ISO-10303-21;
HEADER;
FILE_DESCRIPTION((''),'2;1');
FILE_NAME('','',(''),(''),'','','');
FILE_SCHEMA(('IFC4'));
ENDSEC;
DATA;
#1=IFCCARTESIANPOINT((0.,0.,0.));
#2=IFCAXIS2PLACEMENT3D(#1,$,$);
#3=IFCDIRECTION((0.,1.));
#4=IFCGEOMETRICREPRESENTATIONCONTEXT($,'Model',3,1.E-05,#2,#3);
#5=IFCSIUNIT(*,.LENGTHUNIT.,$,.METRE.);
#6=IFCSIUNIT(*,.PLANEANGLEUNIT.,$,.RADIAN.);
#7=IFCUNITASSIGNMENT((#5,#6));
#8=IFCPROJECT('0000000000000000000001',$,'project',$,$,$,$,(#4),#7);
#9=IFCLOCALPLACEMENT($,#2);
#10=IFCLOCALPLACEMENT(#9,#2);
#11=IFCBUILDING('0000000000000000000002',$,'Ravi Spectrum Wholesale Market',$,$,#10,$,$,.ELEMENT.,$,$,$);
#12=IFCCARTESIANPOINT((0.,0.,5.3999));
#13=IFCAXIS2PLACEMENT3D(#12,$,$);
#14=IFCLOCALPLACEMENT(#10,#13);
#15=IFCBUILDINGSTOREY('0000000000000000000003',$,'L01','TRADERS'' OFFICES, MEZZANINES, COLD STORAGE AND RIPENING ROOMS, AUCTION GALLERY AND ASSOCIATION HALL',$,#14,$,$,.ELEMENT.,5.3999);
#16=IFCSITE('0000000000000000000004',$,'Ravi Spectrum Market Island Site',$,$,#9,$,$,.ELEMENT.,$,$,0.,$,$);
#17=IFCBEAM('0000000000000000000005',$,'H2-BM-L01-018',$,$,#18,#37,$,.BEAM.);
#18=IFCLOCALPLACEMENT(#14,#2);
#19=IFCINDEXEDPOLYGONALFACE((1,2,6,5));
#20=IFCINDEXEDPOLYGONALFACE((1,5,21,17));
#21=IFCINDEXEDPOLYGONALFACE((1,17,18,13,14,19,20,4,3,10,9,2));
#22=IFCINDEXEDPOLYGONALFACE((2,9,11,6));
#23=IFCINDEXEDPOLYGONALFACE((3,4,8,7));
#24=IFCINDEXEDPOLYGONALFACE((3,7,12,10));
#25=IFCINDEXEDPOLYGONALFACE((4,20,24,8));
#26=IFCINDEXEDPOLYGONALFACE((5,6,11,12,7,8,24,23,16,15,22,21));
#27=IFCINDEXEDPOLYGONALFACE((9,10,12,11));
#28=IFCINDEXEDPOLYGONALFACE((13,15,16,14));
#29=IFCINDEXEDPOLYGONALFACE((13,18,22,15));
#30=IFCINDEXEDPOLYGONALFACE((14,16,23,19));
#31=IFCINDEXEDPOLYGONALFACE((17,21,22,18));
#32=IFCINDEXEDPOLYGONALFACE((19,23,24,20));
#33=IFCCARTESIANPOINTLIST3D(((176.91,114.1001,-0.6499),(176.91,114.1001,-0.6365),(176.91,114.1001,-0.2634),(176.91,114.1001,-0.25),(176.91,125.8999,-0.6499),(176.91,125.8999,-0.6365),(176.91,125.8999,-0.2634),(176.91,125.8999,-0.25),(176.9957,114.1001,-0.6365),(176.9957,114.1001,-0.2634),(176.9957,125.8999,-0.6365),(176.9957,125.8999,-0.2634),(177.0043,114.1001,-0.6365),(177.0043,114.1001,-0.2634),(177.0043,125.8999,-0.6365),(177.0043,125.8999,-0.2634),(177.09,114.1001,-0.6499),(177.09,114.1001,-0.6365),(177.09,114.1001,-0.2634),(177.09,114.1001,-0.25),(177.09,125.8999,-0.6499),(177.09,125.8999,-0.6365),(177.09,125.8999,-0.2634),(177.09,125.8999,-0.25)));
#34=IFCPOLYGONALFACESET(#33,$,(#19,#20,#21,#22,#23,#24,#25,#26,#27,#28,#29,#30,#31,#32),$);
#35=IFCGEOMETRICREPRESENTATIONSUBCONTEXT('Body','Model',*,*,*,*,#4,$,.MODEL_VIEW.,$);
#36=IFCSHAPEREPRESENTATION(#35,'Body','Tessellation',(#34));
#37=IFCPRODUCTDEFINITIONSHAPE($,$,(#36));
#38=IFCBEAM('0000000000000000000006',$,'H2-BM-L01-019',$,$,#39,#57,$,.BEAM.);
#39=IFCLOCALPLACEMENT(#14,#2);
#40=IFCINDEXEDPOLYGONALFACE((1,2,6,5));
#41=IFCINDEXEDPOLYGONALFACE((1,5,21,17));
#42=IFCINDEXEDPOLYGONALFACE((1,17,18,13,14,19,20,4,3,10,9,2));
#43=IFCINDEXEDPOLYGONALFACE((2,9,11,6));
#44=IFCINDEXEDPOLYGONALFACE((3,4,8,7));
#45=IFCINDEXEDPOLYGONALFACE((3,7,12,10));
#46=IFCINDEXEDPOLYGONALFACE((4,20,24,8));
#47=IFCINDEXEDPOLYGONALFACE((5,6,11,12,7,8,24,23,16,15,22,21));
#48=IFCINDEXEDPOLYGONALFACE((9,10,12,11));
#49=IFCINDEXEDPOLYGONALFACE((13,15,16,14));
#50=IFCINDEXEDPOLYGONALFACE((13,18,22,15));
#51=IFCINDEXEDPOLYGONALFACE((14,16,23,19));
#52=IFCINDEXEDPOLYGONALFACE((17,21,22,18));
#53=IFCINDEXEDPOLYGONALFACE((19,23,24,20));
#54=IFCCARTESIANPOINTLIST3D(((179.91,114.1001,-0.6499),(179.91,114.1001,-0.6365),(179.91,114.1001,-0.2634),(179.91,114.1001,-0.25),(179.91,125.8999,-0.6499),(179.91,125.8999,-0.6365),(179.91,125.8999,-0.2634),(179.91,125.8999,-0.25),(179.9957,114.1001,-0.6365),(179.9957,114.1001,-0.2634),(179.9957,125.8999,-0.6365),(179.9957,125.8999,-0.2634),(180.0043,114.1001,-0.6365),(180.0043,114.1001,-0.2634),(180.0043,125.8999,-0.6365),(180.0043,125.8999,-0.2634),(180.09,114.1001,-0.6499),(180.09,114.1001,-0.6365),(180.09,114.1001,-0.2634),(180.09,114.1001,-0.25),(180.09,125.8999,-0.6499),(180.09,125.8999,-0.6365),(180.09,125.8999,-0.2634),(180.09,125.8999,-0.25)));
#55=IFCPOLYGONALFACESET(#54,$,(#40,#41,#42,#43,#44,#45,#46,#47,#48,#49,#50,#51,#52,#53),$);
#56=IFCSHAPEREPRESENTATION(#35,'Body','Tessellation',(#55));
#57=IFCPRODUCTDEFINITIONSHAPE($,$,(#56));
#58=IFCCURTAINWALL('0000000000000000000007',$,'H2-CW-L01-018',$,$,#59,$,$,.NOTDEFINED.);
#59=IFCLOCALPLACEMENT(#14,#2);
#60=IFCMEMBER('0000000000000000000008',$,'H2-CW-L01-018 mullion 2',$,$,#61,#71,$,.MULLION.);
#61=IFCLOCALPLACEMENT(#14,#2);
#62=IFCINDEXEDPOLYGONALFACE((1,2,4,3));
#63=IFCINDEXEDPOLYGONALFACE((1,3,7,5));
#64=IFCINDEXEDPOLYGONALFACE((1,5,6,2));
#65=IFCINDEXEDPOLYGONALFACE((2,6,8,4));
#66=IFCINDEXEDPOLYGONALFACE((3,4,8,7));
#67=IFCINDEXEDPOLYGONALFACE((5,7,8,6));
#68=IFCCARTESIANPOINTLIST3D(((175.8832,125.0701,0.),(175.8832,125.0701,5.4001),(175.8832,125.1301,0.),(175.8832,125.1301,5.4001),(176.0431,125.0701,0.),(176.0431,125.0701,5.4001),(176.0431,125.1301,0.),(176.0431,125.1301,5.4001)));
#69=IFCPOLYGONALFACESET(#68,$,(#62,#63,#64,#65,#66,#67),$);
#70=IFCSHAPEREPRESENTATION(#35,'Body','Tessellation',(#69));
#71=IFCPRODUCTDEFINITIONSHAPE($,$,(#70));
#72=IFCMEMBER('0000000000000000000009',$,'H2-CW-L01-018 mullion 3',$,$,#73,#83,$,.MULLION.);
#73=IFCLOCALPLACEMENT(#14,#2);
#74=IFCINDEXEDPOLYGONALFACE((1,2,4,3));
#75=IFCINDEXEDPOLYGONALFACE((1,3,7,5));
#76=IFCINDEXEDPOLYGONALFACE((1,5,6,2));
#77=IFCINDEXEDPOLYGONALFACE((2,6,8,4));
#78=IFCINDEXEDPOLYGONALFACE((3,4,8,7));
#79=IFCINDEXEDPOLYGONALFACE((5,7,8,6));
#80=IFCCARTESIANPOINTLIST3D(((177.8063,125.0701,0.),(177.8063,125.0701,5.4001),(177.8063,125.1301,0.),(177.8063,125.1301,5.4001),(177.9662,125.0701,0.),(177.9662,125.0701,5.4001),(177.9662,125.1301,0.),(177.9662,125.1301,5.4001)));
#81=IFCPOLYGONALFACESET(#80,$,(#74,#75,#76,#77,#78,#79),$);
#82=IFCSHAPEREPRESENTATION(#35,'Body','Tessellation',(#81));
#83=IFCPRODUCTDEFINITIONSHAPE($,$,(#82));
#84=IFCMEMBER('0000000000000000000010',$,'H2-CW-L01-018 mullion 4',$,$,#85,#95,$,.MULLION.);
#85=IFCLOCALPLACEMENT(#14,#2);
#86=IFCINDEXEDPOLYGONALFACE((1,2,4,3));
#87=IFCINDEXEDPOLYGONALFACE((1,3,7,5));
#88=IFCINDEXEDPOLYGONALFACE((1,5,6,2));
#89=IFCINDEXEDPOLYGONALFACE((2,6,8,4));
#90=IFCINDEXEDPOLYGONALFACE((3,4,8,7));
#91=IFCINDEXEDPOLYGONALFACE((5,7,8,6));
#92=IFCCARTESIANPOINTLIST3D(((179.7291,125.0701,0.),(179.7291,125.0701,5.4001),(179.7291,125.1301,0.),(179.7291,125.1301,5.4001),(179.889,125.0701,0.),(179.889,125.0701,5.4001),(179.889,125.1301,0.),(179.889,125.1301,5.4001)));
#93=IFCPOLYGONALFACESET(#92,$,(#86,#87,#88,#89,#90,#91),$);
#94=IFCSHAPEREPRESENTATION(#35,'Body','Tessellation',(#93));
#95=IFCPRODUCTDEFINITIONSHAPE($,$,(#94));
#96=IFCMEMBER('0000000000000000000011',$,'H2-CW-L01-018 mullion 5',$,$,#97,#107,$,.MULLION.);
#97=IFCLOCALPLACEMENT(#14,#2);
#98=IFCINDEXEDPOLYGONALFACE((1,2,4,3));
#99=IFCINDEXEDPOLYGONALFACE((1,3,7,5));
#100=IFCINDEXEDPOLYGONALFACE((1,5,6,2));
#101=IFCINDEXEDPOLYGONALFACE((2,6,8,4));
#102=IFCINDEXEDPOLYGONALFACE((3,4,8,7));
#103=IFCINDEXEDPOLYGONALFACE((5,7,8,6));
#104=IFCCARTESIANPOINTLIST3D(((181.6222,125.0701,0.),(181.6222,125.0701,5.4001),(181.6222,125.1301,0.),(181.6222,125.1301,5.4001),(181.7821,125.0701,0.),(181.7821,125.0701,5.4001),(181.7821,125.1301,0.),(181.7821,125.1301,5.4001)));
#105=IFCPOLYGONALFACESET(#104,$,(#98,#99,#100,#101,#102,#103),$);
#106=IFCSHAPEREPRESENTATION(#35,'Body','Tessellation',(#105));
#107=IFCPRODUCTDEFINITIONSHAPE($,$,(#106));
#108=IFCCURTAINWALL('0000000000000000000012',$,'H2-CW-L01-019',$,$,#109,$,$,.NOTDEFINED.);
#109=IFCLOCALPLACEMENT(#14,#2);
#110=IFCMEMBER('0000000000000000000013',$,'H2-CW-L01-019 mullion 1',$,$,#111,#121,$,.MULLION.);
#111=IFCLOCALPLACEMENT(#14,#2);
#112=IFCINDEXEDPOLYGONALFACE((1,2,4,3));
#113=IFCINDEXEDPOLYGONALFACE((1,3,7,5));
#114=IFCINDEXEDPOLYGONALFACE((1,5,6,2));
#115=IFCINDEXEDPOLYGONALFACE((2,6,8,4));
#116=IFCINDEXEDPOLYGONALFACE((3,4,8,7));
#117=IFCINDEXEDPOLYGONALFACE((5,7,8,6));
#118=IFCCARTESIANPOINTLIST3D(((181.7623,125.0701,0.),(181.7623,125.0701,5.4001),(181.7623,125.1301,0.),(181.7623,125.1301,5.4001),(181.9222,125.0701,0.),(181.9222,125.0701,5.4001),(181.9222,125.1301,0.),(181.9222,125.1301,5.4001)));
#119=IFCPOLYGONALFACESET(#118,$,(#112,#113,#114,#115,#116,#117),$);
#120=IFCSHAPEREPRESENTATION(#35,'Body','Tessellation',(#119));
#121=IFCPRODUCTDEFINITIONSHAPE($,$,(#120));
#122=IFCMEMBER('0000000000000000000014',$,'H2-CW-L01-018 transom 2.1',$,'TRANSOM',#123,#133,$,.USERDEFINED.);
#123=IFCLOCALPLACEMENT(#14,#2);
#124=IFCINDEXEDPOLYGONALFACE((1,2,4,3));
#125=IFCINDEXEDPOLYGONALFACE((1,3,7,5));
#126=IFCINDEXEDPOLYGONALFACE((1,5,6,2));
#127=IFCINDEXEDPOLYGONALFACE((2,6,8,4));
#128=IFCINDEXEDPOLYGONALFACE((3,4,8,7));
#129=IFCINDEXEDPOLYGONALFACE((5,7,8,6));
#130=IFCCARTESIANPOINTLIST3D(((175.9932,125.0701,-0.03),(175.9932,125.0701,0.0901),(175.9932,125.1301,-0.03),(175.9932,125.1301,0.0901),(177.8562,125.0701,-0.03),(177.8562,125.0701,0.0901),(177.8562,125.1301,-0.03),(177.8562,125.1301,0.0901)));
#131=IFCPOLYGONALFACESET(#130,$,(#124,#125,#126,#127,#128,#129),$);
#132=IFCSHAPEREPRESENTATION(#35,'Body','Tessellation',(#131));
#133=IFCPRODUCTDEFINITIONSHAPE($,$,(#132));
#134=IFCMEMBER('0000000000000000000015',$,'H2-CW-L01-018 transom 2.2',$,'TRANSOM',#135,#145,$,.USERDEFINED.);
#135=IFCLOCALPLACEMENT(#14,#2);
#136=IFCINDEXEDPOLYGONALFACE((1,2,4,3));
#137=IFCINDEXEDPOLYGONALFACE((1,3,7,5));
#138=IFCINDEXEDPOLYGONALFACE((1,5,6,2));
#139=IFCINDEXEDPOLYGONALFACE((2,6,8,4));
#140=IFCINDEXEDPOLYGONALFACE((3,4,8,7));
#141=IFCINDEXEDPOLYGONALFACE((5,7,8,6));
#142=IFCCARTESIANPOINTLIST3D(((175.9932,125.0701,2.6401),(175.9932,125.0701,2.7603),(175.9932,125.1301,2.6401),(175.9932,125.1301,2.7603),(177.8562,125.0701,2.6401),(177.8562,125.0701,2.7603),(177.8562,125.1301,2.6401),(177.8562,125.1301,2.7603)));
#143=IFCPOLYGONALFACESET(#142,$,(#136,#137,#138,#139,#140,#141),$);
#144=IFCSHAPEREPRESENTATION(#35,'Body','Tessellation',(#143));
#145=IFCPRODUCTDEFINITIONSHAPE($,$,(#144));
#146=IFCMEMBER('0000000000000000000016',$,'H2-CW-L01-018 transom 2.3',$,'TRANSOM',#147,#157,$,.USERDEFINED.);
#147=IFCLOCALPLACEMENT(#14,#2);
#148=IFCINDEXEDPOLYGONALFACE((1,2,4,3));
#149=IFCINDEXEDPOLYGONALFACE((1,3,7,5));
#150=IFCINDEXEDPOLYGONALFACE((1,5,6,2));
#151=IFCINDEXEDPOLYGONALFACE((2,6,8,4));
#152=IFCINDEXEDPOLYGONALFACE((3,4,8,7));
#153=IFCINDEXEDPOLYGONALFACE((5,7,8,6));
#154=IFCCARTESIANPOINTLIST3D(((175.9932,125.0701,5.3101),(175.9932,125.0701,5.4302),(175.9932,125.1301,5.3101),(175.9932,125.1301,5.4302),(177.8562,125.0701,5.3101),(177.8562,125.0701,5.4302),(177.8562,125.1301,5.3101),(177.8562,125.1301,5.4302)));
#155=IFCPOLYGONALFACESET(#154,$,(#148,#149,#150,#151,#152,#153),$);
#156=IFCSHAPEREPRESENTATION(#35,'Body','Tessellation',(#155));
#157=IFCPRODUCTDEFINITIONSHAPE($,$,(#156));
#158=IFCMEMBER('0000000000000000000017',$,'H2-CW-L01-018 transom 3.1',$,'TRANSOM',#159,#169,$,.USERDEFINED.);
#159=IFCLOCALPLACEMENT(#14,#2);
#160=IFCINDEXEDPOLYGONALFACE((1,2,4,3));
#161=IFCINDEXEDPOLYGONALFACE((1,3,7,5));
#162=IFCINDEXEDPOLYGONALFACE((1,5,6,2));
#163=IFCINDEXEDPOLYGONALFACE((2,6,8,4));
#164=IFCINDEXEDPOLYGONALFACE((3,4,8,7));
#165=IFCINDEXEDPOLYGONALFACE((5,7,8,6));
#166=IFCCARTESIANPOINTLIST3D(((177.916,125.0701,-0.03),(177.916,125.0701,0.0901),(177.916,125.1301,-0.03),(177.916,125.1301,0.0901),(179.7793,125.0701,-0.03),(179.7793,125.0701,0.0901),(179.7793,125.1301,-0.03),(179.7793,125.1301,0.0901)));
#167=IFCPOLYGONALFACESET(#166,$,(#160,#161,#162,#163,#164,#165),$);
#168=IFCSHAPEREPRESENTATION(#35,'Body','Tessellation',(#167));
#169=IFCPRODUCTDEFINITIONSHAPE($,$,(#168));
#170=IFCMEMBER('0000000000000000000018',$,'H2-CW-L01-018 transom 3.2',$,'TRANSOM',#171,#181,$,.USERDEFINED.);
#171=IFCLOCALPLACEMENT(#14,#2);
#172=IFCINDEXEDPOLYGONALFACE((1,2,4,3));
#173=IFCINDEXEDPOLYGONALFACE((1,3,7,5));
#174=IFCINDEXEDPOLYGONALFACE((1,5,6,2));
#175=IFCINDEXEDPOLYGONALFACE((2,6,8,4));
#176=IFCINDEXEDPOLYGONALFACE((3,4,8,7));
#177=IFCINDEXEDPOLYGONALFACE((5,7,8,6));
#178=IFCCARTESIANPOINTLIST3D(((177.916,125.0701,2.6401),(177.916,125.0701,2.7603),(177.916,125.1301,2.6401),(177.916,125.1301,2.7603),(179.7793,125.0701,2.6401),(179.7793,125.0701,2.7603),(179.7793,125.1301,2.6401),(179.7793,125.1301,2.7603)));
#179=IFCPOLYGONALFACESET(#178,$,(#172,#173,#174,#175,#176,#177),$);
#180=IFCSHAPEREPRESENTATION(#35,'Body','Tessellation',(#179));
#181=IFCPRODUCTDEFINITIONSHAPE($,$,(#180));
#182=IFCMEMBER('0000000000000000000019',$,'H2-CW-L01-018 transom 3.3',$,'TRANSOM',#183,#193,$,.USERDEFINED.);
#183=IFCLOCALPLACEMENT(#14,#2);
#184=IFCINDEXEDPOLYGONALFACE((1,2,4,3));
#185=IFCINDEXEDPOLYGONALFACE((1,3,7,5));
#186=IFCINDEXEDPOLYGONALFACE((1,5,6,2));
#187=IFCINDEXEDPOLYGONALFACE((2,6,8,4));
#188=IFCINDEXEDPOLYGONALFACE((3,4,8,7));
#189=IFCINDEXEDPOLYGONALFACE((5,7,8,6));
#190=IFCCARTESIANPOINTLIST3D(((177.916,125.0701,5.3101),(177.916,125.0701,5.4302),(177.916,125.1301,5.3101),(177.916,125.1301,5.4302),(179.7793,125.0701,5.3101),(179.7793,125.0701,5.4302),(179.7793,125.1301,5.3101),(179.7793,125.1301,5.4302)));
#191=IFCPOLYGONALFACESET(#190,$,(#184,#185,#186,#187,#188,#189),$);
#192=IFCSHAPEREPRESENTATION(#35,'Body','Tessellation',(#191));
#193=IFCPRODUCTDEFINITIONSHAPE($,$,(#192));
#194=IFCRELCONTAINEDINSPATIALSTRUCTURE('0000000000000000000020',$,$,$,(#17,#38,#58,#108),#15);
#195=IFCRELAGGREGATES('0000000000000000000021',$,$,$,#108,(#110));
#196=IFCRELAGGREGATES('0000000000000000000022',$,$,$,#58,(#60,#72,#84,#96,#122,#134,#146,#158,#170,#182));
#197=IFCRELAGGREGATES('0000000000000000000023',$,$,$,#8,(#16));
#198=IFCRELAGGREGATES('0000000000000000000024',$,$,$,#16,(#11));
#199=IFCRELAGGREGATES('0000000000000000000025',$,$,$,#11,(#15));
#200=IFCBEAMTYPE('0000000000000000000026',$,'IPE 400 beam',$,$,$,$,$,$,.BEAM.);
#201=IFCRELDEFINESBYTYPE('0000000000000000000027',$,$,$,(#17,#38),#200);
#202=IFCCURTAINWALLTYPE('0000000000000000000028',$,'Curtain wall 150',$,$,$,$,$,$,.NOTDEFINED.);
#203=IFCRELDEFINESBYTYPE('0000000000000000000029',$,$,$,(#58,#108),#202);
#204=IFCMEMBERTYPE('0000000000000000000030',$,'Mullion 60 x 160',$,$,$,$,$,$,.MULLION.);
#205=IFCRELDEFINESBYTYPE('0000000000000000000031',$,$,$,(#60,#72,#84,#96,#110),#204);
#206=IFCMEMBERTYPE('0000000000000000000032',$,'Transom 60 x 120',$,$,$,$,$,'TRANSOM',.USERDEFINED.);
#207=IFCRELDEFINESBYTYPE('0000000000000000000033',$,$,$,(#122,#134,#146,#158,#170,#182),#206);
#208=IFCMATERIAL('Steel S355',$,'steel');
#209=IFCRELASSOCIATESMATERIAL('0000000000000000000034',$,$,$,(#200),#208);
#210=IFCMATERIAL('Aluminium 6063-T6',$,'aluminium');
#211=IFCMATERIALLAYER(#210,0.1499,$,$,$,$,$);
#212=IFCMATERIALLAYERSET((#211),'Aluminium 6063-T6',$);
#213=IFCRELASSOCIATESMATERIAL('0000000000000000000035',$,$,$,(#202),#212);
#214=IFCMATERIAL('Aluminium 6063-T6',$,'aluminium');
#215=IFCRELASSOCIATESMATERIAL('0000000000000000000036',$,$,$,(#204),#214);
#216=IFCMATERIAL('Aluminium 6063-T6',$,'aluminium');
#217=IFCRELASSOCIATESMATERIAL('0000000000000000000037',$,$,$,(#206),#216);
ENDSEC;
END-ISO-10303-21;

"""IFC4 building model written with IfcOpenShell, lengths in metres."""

from ifc_helpers import new_model, si_unit, direction, frame, origin, origin_2d, place, context, subcontext, project, spatial, rectangle, i_section, extrude, material, layer, layer_set, material_profile, profile_set, type_object, element, aggregate, save


model = new_model("IFC4")

# Units and contexts
model_context = context("Model", 3, precision=1e-05, world=origin(), true_north=direction((0.0, 1.0)))
body_context = subcontext(model_context, "Body", "Model", "MODEL_VIEW")
ifc_project = project(units=[si_unit("LENGTHUNIT", "METRE"), si_unit("PLANEANGLEUNIT", "RADIAN")], contexts=[model_context])

# Site, building, storey
site_placement = place(None, origin())
site = spatial("IfcSite", under=ifc_project, at=site_placement, Name="Ravi Spectrum Market Island Site", CompositionType="ELEMENT", RefElevation=0.0)
building_placement = place(site_placement, origin())
building = spatial("IfcBuilding", under=site, at=building_placement, Name="Ravi Spectrum Wholesale Market", CompositionType="ELEMENT")
storey_placement = place(building_placement, frame((0.0, 0.0, 5.3999)))
storey = spatial("IfcBuildingStorey", under=building, at=storey_placement, Name="L01", Description="TRADERS' OFFICES, MEZZANINES, COLD STORAGE AND RIPENING ROOMS, AUCTION GALLERY AND ASSOCIATION HALL", CompositionType="ELEMENT", Elevation=5.3999)

# Beams
ifc_material_1 = material(Name="Steel S355", Category="steel")
ifc_material_profile_1 = material_profile(ifc_material_1, i_section(OverallWidth=0.1799, OverallDepth=0.3999, WebThickness=0.0085, FlangeThickness=0.0134, at=origin_2d()))
ifc_profile_set_1 = profile_set([ifc_material_profile_1], Name="Steel S355")
beam_type = type_object("IfcBeamType", Name="IPE 400 beam", PredefinedType="BEAM", material=ifc_profile_set_1)
for number, where, z_axis, x_axis, name in (
    (1, (177.0, 114.1001, -0.45), (0.0, 1.0, 0.0), (-1.0, 0.0, 0.0), "H2-BM-L01-018"),
    (2, (180.0, 114.1001, -0.45), (0.0, 1.0, 0.0), (-1.0, 0.0, 0.0), "H2-BM-L01-019"),
):
    element("IfcBeam", number, at=place(storey_placement, frame(where, z_axis=z_axis, x_axis=x_axis)), inside=storey, type_object=beam_type, Name=name, PredefinedType="BEAM", context=body_context, shape_type="SweptSolid", body=[
        extrude(i_section(OverallWidth=0.1799, OverallDepth=0.3999, WebThickness=0.0085, FlangeThickness=0.0134, at=origin_2d()), origin(), (0.0, 0.0, 1.0), 11.7998),
    ])

# Curtain wall, members
ifc_material_2 = material(Name="Aluminium 6063-T6", Category="aluminium")
ifc_layer_1 = layer(ifc_material_2, 0.1499)
ifc_layer_set_1 = layer_set([ifc_layer_1], Name="Aluminium 6063-T6")
curtain_wall_type = type_object("IfcCurtainWallType", Name="Curtain wall 150", PredefinedType="NOTDEFINED", material=ifc_layer_set_1)
curtain_wall_1_placement = place(storey_placement, origin())
curtain_wall_1 = element("IfcCurtainWall", 3, at=curtain_wall_1_placement, inside=storey, type_object=curtain_wall_type, Name="H2-CW-L01-018", PredefinedType="NOTDEFINED")
ifc_material_3 = material(Name="Aluminium 6063-T6", Category="aluminium")
ifc_material_profile_2 = material_profile(ifc_material_3, rectangle(XDim=0.0601, YDim=0.1599, at=origin_2d()))
ifc_profile_set_2 = profile_set([ifc_material_profile_2], Name="Aluminium 6063-T6")
member_type_1 = type_object("IfcMemberType", Name="Mullion 60 x 160", PredefinedType="MULLION", material=ifc_profile_set_2)
member_1_placement = place(storey_placement, frame((175.9631, 125.1001, 0.0), z_axis=(0.0, 0.0, 1.0), x_axis=(0.0, 1.0, 0.0)))
member_1 = element("IfcMember", 4, at=member_1_placement, type_object=member_type_1, Name="H2-CW-L01-018 mullion 2", PredefinedType="MULLION", context=body_context, shape_type="SweptSolid", body=[
    extrude(rectangle(XDim=0.0601, YDim=0.1599, at=origin_2d()), origin(), (0.0, 0.0, 1.0), 5.4001),
])
member_2_placement = place(storey_placement, frame((177.8862, 125.1001, 0.0), z_axis=(0.0, 0.0, 1.0), x_axis=(0.0, 1.0, 0.0)))
member_2 = element("IfcMember", 5, at=member_2_placement, type_object=member_type_1, Name="H2-CW-L01-018 mullion 3", PredefinedType="MULLION", context=body_context, shape_type="SweptSolid", body=[
    extrude(rectangle(XDim=0.0601, YDim=0.1599, at=origin_2d()), origin(), (0.0, 0.0, 1.0), 5.4001),
])
member_3_placement = place(storey_placement, frame((179.8091, 125.1001, 0.0), z_axis=(0.0, 0.0, 1.0), x_axis=(0.0, 1.0, 0.0)))
member_3 = element("IfcMember", 6, at=member_3_placement, type_object=member_type_1, Name="H2-CW-L01-018 mullion 4", PredefinedType="MULLION", context=body_context, shape_type="SweptSolid", body=[
    extrude(rectangle(XDim=0.0601, YDim=0.1599, at=origin_2d()), origin(), (0.0, 0.0, 1.0), 5.4001),
])
member_4_placement = place(storey_placement, frame((181.7021, 125.1001, 0.0), z_axis=(0.0, 0.0, 1.0), x_axis=(0.0, 1.0, 0.0)))
member_4 = element("IfcMember", 7, at=member_4_placement, type_object=member_type_1, Name="H2-CW-L01-018 mullion 5", PredefinedType="MULLION", context=body_context, shape_type="SweptSolid", body=[
    extrude(rectangle(XDim=0.0601, YDim=0.1599, at=origin_2d()), origin(), (0.0, 0.0, 1.0), 5.4001),
])

# Curtain wall, member
curtain_wall_2_placement = place(storey_placement, origin())
curtain_wall_2 = element("IfcCurtainWall", 8, at=curtain_wall_2_placement, inside=storey, type_object=curtain_wall_type, Name="H2-CW-L01-019", PredefinedType="NOTDEFINED")
member_5_placement = place(storey_placement, frame((181.8423, 125.1001, 0.0), z_axis=(0.0, 0.0, 1.0), x_axis=(0.0, 1.0, 0.0)))
member_5 = element("IfcMember", 9, at=member_5_placement, type_object=member_type_1, Name="H2-CW-L01-019 mullion 1", PredefinedType="MULLION", context=body_context, shape_type="SweptSolid", body=[
    extrude(rectangle(XDim=0.0601, YDim=0.1599, at=origin_2d()), origin(), (0.0, 0.0, 1.0), 5.4001),
])
aggregate(curtain_wall_2, [member_5])

# Members
ifc_material_4 = material(Name="Aluminium 6063-T6", Category="aluminium")
ifc_material_profile_3 = material_profile(ifc_material_4, rectangle(XDim=0.0601, YDim=0.1201, at=origin_2d()))
ifc_profile_set_3 = profile_set([ifc_material_profile_3], Name="Aluminium 6063-T6")
member_type_2 = type_object("IfcMemberType", Name="Transom 60 x 120", ElementType="TRANSOM", PredefinedType="USERDEFINED", material=ifc_profile_set_3)
member_6_placement = place(storey_placement, frame((175.9932, 125.1001, 0.03), z_axis=(1.0, 0.0, 0.0), x_axis=(0.0, 1.0, 0.0)))
member_6 = element("IfcMember", 10, at=member_6_placement, type_object=member_type_2, Name="H2-CW-L01-018 transom 2.1", ObjectType="TRANSOM", PredefinedType="USERDEFINED", context=body_context, shape_type="SweptSolid", body=[
    extrude(rectangle(XDim=0.0601, YDim=0.1201, at=origin_2d()), origin(), (0.0, 0.0, 1.0), 1.863),
])
member_7_placement = place(storey_placement, frame((175.9932, 125.1001, 2.7002), z_axis=(1.0, 0.0, 0.0), x_axis=(0.0, 1.0, 0.0)))
member_7 = element("IfcMember", 11, at=member_7_placement, type_object=member_type_2, Name="H2-CW-L01-018 transom 2.2", ObjectType="TRANSOM", PredefinedType="USERDEFINED", context=body_context, shape_type="SweptSolid", body=[
    extrude(rectangle(XDim=0.0601, YDim=0.1201, at=origin_2d()), origin(), (0.0, 0.0, 1.0), 1.863),
])
member_8_placement = place(storey_placement, frame((175.9932, 125.1001, 5.3701), z_axis=(1.0, 0.0, 0.0), x_axis=(0.0, 1.0, 0.0)))
member_8 = element("IfcMember", 12, at=member_8_placement, type_object=member_type_2, Name="H2-CW-L01-018 transom 2.3", ObjectType="TRANSOM", PredefinedType="USERDEFINED", context=body_context, shape_type="SweptSolid", body=[
    extrude(rectangle(XDim=0.0601, YDim=0.1201, at=origin_2d()), origin(), (0.0, 0.0, 1.0), 1.863),
])
member_9_placement = place(storey_placement, frame((177.916, 125.1001, 0.03), z_axis=(1.0, 0.0, 0.0), x_axis=(0.0, 1.0, 0.0)))
member_9 = element("IfcMember", 13, at=member_9_placement, type_object=member_type_2, Name="H2-CW-L01-018 transom 3.1", ObjectType="TRANSOM", PredefinedType="USERDEFINED", context=body_context, shape_type="SweptSolid", body=[
    extrude(rectangle(XDim=0.0601, YDim=0.1201, at=origin_2d()), origin(), (0.0, 0.0, 1.0), 1.8633),
])
member_10_placement = place(storey_placement, frame((177.916, 125.1001, 2.7002), z_axis=(1.0, 0.0, 0.0), x_axis=(0.0, 1.0, 0.0)))
member_10 = element("IfcMember", 14, at=member_10_placement, type_object=member_type_2, Name="H2-CW-L01-018 transom 3.2", ObjectType="TRANSOM", PredefinedType="USERDEFINED", context=body_context, shape_type="SweptSolid", body=[
    extrude(rectangle(XDim=0.0601, YDim=0.1201, at=origin_2d()), origin(), (0.0, 0.0, 1.0), 1.8633),
])
member_11_placement = place(storey_placement, frame((177.916, 125.1001, 5.3701), z_axis=(1.0, 0.0, 0.0), x_axis=(0.0, 1.0, 0.0)))
member_11 = element("IfcMember", 15, at=member_11_placement, type_object=member_type_2, Name="H2-CW-L01-018 transom 3.3", ObjectType="TRANSOM", PredefinedType="USERDEFINED", context=body_context, shape_type="SweptSolid", body=[
    extrude(rectangle(XDim=0.0601, YDim=0.1201, at=origin_2d()), origin(), (0.0, 0.0, 1.0), 1.8633),
])

aggregate(curtain_wall_1, [member_1, member_2, member_3, member_4, member_6, member_7, member_8, member_9, member_10, member_11])

save(model, "model.ifc")
